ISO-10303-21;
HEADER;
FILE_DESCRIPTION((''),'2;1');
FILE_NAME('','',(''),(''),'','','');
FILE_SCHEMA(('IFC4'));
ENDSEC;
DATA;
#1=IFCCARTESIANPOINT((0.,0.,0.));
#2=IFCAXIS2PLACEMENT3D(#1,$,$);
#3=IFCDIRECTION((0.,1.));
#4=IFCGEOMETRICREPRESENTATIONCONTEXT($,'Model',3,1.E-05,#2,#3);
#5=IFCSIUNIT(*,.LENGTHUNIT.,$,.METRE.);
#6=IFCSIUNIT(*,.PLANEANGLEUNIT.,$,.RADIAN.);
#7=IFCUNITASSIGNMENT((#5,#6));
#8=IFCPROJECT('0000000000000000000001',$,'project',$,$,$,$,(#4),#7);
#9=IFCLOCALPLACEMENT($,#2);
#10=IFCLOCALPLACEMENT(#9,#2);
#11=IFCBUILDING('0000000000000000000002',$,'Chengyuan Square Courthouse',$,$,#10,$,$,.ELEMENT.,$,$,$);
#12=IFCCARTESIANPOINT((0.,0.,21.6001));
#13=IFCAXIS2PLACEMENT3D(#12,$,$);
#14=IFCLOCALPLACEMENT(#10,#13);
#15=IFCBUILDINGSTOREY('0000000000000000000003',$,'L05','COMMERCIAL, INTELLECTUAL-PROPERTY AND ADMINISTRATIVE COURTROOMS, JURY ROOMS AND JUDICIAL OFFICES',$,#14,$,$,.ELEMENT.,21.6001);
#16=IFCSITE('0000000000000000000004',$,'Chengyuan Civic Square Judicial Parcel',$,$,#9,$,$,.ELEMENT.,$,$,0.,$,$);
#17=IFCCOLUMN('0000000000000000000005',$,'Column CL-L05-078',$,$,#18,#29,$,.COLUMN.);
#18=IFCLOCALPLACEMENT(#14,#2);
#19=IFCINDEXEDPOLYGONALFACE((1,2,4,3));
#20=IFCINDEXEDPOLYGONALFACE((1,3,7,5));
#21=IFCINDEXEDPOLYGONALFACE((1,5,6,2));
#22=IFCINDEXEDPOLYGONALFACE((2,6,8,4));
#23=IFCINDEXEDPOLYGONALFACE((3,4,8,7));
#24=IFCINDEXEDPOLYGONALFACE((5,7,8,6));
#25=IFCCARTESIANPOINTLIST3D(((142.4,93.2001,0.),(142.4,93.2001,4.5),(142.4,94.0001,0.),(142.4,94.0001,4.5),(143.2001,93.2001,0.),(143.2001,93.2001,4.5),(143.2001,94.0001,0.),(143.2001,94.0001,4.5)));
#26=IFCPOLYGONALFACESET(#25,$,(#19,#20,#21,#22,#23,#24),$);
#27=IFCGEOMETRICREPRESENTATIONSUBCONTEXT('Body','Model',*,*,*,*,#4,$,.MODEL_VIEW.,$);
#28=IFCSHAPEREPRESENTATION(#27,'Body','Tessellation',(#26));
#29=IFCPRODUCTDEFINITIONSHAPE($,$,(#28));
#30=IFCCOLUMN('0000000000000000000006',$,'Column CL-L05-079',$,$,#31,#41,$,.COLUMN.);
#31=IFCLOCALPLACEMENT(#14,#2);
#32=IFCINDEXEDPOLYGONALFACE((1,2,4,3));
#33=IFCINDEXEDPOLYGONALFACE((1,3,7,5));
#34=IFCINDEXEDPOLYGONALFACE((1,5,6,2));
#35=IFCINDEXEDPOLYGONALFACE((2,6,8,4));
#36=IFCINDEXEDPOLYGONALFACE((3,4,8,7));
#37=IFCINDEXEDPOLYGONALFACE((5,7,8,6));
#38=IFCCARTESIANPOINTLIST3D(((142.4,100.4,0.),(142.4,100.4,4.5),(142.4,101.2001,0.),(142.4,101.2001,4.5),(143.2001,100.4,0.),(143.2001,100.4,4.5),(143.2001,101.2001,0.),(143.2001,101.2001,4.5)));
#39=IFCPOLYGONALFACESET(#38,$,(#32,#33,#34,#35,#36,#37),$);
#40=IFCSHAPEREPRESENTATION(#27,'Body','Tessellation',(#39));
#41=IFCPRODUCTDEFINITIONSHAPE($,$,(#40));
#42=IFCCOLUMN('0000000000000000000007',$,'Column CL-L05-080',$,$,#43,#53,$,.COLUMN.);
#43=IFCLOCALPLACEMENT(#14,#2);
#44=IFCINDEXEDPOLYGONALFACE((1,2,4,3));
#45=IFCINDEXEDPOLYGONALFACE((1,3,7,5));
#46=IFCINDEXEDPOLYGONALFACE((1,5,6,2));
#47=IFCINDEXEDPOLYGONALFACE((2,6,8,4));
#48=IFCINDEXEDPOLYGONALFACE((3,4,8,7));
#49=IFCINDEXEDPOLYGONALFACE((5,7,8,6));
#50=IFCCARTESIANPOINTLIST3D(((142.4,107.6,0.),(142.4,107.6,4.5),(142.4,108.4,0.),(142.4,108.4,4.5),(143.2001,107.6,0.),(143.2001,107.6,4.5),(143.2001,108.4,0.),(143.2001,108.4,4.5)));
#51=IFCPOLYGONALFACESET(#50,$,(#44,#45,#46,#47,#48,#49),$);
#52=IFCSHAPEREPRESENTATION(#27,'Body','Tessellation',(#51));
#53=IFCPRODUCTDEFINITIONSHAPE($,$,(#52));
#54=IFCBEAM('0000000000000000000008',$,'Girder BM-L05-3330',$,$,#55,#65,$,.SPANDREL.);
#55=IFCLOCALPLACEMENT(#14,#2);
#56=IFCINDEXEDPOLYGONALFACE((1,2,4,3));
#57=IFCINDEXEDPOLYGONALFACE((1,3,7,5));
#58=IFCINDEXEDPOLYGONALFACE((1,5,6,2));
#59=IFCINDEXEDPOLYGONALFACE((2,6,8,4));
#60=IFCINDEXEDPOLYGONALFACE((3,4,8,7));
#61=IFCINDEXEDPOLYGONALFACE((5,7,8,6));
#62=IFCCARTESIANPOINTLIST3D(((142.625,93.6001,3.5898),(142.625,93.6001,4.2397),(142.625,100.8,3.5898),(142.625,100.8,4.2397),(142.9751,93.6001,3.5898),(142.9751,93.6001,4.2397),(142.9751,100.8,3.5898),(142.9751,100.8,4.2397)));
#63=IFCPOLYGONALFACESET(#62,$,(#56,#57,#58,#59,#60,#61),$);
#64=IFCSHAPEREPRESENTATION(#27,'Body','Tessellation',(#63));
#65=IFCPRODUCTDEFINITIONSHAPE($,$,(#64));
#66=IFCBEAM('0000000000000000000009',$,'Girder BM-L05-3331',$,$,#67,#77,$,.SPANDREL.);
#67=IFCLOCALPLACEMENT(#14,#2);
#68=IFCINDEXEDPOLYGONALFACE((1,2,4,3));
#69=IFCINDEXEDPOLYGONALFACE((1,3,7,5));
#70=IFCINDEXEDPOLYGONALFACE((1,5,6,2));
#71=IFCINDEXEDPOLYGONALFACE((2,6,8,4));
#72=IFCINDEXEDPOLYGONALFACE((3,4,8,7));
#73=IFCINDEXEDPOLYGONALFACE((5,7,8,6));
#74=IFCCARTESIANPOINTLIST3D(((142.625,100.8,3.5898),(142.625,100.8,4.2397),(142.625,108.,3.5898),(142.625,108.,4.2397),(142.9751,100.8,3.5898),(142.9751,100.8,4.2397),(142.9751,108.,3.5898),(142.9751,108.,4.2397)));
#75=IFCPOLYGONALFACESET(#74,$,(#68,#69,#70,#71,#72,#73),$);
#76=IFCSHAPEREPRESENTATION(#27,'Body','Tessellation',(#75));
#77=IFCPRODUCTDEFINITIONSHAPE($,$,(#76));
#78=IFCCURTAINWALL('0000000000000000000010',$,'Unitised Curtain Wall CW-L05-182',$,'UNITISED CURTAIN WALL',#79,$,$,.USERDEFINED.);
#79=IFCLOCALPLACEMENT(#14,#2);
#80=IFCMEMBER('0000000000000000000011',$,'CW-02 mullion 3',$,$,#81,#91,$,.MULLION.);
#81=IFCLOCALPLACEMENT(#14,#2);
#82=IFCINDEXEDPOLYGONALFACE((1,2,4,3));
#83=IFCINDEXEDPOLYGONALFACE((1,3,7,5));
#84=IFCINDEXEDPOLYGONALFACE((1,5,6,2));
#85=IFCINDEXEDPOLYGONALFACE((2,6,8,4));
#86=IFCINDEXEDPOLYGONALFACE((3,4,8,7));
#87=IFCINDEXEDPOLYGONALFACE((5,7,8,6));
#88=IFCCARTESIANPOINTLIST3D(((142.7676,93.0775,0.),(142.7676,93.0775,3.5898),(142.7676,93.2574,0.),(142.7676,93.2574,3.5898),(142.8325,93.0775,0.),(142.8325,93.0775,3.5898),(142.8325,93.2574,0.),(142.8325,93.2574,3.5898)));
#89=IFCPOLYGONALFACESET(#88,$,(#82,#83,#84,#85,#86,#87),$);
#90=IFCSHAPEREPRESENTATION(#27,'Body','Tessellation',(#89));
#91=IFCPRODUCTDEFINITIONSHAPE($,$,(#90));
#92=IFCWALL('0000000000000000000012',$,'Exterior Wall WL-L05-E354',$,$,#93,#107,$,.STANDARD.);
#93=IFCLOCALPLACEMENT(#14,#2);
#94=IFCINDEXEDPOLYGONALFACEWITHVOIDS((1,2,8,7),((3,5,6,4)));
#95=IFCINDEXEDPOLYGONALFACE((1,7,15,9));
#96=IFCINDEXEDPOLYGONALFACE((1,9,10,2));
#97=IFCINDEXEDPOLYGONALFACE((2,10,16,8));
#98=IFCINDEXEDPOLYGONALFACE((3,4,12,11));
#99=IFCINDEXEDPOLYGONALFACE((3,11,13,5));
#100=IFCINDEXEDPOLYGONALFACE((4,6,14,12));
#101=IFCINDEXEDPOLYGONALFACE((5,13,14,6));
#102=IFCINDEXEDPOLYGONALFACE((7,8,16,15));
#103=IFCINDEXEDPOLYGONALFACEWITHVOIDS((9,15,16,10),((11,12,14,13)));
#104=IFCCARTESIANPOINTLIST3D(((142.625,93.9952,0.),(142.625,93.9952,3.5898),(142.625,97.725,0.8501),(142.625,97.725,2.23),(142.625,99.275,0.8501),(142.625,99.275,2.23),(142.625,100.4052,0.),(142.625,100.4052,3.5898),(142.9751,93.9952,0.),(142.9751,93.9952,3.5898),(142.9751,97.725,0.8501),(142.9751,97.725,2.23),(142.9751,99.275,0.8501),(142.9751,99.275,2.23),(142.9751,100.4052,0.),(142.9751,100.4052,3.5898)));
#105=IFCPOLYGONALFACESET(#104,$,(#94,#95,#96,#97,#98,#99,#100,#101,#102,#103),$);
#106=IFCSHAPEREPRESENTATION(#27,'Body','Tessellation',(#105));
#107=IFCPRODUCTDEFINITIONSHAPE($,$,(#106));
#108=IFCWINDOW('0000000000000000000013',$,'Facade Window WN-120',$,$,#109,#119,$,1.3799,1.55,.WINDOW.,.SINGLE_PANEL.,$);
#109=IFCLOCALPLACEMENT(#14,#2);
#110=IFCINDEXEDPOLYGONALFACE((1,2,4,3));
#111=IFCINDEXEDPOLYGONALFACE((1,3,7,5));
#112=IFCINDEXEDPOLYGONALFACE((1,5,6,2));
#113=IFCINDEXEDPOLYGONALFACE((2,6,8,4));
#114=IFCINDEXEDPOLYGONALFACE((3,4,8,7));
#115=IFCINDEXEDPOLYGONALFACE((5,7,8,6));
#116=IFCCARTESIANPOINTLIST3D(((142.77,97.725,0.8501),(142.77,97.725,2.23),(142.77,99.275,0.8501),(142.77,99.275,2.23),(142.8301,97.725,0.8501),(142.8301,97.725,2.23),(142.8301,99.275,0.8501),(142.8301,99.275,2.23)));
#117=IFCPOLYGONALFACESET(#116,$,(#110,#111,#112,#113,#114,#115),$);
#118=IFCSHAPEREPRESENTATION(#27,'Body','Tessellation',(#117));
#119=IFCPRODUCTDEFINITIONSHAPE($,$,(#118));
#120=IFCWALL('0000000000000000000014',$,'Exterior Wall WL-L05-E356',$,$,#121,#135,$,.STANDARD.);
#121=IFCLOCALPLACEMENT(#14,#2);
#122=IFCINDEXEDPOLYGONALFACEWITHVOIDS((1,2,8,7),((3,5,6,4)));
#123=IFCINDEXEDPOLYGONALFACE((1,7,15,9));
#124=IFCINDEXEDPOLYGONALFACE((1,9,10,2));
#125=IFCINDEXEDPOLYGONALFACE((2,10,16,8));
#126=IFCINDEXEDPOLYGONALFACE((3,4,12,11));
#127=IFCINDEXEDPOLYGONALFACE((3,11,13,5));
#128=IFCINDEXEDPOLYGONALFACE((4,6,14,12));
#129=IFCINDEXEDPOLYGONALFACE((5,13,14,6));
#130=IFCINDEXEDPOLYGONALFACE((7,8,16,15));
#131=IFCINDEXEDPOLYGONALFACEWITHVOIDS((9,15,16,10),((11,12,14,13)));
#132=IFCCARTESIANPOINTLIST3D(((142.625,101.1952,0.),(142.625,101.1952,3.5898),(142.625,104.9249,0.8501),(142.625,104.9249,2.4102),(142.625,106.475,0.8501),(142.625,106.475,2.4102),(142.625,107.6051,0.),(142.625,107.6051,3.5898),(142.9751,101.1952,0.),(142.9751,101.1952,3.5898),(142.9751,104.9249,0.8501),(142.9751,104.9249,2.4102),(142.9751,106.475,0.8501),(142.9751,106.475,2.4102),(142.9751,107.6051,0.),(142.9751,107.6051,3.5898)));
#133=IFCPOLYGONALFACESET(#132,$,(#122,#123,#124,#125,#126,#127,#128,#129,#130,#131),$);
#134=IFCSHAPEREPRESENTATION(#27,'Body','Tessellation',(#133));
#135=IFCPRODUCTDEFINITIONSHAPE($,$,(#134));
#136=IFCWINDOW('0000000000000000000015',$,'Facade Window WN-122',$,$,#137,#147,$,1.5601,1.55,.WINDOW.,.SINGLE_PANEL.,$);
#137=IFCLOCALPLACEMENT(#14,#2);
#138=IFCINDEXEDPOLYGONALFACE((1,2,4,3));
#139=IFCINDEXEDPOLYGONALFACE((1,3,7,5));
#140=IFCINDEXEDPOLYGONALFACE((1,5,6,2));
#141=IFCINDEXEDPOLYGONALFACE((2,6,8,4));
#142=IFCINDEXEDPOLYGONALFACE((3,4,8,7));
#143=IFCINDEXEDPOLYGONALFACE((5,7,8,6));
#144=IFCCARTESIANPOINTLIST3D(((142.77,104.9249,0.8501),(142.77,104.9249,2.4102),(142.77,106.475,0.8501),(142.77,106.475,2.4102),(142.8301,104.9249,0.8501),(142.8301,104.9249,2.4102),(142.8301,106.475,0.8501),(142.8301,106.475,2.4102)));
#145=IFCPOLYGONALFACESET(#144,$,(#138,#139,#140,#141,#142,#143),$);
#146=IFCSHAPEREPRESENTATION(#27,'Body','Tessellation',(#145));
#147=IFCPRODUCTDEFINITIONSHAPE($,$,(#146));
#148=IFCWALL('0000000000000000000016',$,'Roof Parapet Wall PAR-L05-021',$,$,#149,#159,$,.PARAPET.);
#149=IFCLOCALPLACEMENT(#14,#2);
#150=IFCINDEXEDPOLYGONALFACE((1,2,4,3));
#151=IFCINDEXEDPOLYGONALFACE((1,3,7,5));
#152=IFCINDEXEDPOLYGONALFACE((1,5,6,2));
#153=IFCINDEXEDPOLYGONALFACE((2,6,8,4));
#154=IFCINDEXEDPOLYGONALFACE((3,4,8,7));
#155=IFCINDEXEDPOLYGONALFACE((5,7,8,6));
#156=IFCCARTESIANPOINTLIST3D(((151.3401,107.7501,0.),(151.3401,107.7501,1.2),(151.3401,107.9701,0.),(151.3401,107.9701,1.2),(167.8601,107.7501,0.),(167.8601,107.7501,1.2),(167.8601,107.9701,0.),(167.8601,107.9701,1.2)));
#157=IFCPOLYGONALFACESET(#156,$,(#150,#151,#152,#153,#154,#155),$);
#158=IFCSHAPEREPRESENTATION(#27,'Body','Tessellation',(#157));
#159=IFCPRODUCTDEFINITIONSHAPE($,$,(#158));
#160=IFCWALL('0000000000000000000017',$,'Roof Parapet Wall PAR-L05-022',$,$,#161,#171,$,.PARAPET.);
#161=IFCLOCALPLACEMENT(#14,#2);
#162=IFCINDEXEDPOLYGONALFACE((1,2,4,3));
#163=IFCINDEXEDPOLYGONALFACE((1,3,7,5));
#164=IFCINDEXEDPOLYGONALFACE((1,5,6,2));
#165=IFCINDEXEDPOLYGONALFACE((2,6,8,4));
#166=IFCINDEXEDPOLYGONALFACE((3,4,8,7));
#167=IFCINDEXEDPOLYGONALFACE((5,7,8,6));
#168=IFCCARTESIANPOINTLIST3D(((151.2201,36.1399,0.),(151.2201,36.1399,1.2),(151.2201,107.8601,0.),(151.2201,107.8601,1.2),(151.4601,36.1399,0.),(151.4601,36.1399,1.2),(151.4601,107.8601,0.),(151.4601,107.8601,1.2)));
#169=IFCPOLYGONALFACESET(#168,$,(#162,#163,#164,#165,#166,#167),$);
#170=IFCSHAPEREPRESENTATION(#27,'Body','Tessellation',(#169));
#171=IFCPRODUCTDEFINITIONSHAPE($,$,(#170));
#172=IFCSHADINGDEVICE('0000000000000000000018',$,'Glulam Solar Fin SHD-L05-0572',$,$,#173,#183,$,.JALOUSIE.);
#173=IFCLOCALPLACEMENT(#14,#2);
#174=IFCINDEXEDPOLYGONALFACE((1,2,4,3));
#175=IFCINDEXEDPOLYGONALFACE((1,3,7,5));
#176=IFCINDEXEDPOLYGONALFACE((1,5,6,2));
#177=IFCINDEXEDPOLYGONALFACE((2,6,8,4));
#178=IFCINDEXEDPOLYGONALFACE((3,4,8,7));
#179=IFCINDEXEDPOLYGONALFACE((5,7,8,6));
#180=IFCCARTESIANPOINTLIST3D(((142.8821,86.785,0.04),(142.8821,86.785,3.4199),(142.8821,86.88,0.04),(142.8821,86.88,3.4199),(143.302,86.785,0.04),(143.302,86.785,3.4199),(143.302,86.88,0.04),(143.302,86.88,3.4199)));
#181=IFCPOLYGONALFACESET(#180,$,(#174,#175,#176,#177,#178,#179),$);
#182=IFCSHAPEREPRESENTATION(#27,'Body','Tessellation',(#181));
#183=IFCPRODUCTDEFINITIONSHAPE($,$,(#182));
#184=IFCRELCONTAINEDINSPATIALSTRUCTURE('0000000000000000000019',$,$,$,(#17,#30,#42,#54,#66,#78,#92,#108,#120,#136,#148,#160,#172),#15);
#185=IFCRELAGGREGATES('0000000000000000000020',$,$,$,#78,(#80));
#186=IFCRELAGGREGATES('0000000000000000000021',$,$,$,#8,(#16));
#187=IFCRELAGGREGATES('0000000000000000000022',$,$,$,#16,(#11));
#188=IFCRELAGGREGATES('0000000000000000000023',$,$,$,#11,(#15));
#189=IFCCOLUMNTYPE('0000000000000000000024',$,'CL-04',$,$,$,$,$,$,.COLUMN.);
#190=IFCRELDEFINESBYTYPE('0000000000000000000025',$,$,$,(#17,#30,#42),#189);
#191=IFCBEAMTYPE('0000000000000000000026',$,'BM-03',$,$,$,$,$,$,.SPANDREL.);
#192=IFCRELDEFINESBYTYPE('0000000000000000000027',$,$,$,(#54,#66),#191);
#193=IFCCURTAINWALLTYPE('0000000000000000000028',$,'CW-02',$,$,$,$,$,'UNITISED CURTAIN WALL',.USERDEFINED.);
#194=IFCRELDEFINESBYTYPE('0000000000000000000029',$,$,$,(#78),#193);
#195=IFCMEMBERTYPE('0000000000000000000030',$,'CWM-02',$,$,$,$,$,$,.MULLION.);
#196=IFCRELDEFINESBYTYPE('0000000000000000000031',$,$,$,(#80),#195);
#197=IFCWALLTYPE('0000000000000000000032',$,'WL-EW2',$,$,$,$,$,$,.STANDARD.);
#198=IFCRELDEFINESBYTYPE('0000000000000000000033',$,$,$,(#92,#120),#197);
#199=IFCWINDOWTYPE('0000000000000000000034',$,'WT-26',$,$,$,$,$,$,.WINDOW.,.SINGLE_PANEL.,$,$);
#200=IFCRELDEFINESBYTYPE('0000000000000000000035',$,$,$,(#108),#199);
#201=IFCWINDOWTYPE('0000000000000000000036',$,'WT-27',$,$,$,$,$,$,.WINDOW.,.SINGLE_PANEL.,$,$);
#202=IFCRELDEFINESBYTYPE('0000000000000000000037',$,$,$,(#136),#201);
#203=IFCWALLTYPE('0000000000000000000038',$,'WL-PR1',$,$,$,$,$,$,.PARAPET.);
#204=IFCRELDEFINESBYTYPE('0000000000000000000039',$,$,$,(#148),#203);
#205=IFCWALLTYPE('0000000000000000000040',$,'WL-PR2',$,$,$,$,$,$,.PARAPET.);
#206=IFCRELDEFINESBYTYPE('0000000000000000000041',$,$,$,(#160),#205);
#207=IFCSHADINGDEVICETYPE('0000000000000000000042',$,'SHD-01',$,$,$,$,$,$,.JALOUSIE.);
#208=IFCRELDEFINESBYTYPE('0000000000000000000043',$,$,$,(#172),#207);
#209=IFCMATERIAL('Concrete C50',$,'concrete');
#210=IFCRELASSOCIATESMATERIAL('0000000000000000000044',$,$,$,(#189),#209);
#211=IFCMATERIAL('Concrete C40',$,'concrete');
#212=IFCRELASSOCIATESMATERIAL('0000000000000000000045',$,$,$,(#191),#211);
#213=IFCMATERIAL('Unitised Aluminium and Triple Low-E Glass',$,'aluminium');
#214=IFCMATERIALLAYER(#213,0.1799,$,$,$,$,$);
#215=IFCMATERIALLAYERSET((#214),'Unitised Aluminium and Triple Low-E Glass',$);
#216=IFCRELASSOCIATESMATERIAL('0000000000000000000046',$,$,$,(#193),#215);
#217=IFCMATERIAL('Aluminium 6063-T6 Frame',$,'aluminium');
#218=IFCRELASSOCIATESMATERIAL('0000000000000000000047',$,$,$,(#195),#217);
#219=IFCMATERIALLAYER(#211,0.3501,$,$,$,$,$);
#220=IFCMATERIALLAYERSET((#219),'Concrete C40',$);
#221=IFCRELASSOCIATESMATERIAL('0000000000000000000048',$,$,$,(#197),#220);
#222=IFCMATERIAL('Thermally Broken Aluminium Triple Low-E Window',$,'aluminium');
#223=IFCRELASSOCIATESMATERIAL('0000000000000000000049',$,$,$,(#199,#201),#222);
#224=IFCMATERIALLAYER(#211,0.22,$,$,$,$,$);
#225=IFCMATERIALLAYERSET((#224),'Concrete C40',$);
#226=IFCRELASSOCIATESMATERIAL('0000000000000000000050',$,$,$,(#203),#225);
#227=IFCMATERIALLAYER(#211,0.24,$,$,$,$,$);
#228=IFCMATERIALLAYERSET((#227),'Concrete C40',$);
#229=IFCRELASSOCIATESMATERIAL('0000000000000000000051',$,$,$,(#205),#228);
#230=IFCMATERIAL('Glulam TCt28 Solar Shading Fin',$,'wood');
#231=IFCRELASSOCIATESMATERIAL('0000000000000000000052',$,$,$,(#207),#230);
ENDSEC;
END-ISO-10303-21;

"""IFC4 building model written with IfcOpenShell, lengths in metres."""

from ifc_helpers import new_model, si_unit, direction, frame, frame_2d, origin, origin_2d, place, context, subcontext, project, spatial, rectangle, extrude, material, layer, layer_set, material_profile, profile_set, type_object, element, fill, aggregate, save


model = new_model("IFC4")

# Units and contexts
model_context = context("Model", 3, precision=1e-05, world=origin(), true_north=direction((0.0, 1.0)))
body_context = subcontext(model_context, "Body", "Model", "MODEL_VIEW")
ifc_project = project(units=[si_unit("LENGTHUNIT", "METRE"), si_unit("PLANEANGLEUNIT", "RADIAN")], contexts=[model_context])

# Site, building, storey
site_placement = place(None, origin())
site = spatial("IfcSite", under=ifc_project, at=site_placement, Name="Chengyuan Civic Square Judicial Parcel", CompositionType="ELEMENT", RefElevation=0.0)
building_placement = place(site_placement, origin())
building = spatial("IfcBuilding", under=site, at=building_placement, Name="Chengyuan Square Courthouse", CompositionType="ELEMENT")
storey_placement = place(building_placement, frame((0.0, 0.0, 21.6001)))
storey = spatial("IfcBuildingStorey", under=building, at=storey_placement, Name="L05", Description="COMMERCIAL, INTELLECTUAL-PROPERTY AND ADMINISTRATIVE COURTROOMS, JURY ROOMS AND JUDICIAL OFFICES", CompositionType="ELEMENT", Elevation=21.6001)

# Columns
ifc_material_1 = material(Name="Concrete C50", Category="concrete")
ifc_material_profile_1 = material_profile(ifc_material_1, rectangle(XDim=0.8, YDim=0.8, at=origin_2d()), Name="RC-COL-800x800")
ifc_profile_set_1 = profile_set([ifc_material_profile_1], Name="Concrete C50")
column_type = type_object("IfcColumnType", Name="CL-04", PredefinedType="COLUMN", material=ifc_profile_set_1)
for number, where, z_axis, x_axis, name in (
    (1, (142.8, 93.6001, 0.0), (0.0, 0.0, 1.0), (1.0, 0.0, 0.0), "Column CL-L05-078"),
    (2, (142.8, 100.8, 0.0), (0.0, 0.0, 1.0), (1.0, 0.0, 0.0), "Column CL-L05-079"),
    (3, (142.8, 108.0, 0.0), (0.0, 0.0, 1.0), (1.0, 0.0, 0.0), "Column CL-L05-080"),
):
    element("IfcColumn", number, at=place(storey_placement, frame(where, z_axis=z_axis, x_axis=x_axis)), inside=storey, type_object=column_type, Name=name, PredefinedType="COLUMN", context=body_context, shape_type="SweptSolid", body=[
        extrude(rectangle(XDim=0.8, YDim=0.8, at=origin_2d()), origin(), (0.0, 0.0, 1.0), 4.5),
    ])

# Beams
ifc_material_2 = material(Name="Concrete C40", Category="concrete")
ifc_material_profile_2 = material_profile(ifc_material_2, rectangle(XDim=0.3501, YDim=0.6499, at=origin_2d()), Name="RC-BM-350x650")
ifc_profile_set_2 = profile_set([ifc_material_profile_2], Name="Concrete C40")
beam_type = type_object("IfcBeamType", Name="BM-03", PredefinedType="SPANDREL", material=ifc_profile_set_2)
for number, where, z_axis, x_axis, name in (
    (4, (142.8, 93.6001, 3.9148), (0.0, 1.0, 0.0), (-1.0, 0.0, 0.0), "Girder BM-L05-3330"),
    (5, (142.8, 100.8, 3.9148), (0.0, 1.0, 0.0), (-1.0, 0.0, 0.0), "Girder BM-L05-3331"),
):
    element("IfcBeam", number, at=place(storey_placement, frame(where, z_axis=z_axis, x_axis=x_axis)), inside=storey, type_object=beam_type, Name=name, PredefinedType="SPANDREL", context=body_context, shape_type="SweptSolid", body=[
        extrude(rectangle(XDim=0.3501, YDim=0.6499, at=origin_2d()), origin(), (0.0, 0.0, 1.0), 7.2),
    ])

# Curtain wall, member
ifc_material_3 = material(Name="Unitised Aluminium and Triple Low-E Glass", Category="aluminium")
ifc_layer_1 = layer(ifc_material_3, 0.1799)
ifc_layer_set_1 = layer_set([ifc_layer_1], Name="Unitised Aluminium and Triple Low-E Glass")
curtain_wall_type = type_object("IfcCurtainWallType", Name="CW-02", ElementType="UNITISED CURTAIN WALL", PredefinedType="USERDEFINED", material=ifc_layer_set_1)
curtain_wall_placement = place(storey_placement, origin())
curtain_wall = element("IfcCurtainWall", 6, at=curtain_wall_placement, inside=storey, type_object=curtain_wall_type, Name="Unitised Curtain Wall CW-L05-182", ObjectType="UNITISED CURTAIN WALL", PredefinedType="USERDEFINED")
ifc_material_4 = material(Name="Aluminium 6063-T6 Frame", Category="aluminium")
ifc_material_profile_3 = material_profile(ifc_material_4, rectangle(XDim=0.0649, YDim=0.1799, at=origin_2d()), Name="CW-MUL-65x180")
ifc_profile_set_3 = profile_set([ifc_material_profile_3], Name="Aluminium 6063-T6 Frame")
member_type = type_object("IfcMemberType", Name="CWM-02", PredefinedType="MULLION", material=ifc_profile_set_3)
member_placement = place(storey_placement, frame((142.8, 93.1675, 0.0), z_axis=(0.0, 0.0, 1.0), x_axis=(-1.0, 0.0, 0.0)))
member = element("IfcMember", 7, at=member_placement, type_object=member_type, Name="CW-02 mullion 3", PredefinedType="MULLION", context=body_context, shape_type="SweptSolid", body=[
    extrude(rectangle(XDim=0.0649, YDim=0.1799, at=origin_2d()), origin(), (0.0, 0.0, 1.0), 3.5898),
])
aggregate(curtain_wall, [member])

# Walls, openings, windows
ifc_layer_2 = layer(ifc_material_2, 0.3501)
ifc_layer_set_2 = layer_set([ifc_layer_2], Name="Concrete C40")
wall_type_1 = type_object("IfcWallType", Name="WL-EW2", PredefinedType="STANDARD", material=ifc_layer_set_2)
wall_1_placement = place(storey_placement, frame((142.8, 93.9951, 0.0), z_axis=(0.0, 0.0, 1.0), x_axis=(0.0, 1.0, 0.0)))
wall_1 = element("IfcWall", 8, at=wall_1_placement, inside=storey, type_object=wall_type_1, Name="Exterior Wall WL-L05-E354", PredefinedType="STANDARD", context=body_context, shape_type="SweptSolid", body=[
    extrude(rectangle(XDim=6.4099, YDim=0.3501, at=frame_2d((3.2051, 0.0))), origin(), (0.0, 0.0, 1.0), 3.5898),
])
opening_1_placement = place(wall_1_placement, frame((3.73, 0.0, 0.8501)))
opening_1 = element("IfcOpeningElement", 9, at=opening_1_placement, cuts=wall_1, PredefinedType="OPENING", context=body_context, shape_type="SweptSolid", body=[
    extrude(rectangle(XDim=1.55, YDim=1.3799, at=frame_2d((0.7749, 0.6899))), frame((0.0, 0.187, 0.0), z_axis=(0.0, -1.0, 0.0), x_axis=(1.0, 0.0, 0.0)), (0.0, 0.0, 1.0), 0.374),
])
ifc_material_5 = material(Name="Thermally Broken Aluminium Triple Low-E Window", Category="aluminium")
window_type_1 = type_object("IfcWindowType", Name="WT-26", PartitioningType="SINGLE_PANEL", PredefinedType="WINDOW", material=ifc_material_5)
window_1_placement = place(opening_1_placement, origin())
window_1 = element("IfcWindow", 10, at=window_1_placement, inside=storey, type_object=window_type_1, Name="Facade Window WN-120", OverallHeight=1.3799, OverallWidth=1.55, PartitioningType="SINGLE_PANEL", PredefinedType="WINDOW", context=body_context, shape_type="SweptSolid", body=[
    extrude(rectangle(XDim=1.55, YDim=1.3799, at=frame_2d((0.7749, 0.6899))), frame((0.0, 0.03, 0.0), z_axis=(0.0, -1.0, 0.0), x_axis=(1.0, 0.0, 0.0)), (0.0, 0.0, 1.0), 0.0601),
])
fill(opening_1, window_1)
wall_2_placement = place(storey_placement, frame((142.8, 101.1951, 0.0), z_axis=(0.0, 0.0, 1.0), x_axis=(0.0, 1.0, 0.0)))
wall_2 = element("IfcWall", 11, at=wall_2_placement, inside=storey, type_object=wall_type_1, Name="Exterior Wall WL-L05-E356", PredefinedType="STANDARD", context=body_context, shape_type="SweptSolid", body=[
    extrude(rectangle(XDim=6.4099, YDim=0.3501, at=frame_2d((3.2051, 0.0))), origin(), (0.0, 0.0, 1.0), 3.5898),
])
opening_2_placement = place(wall_2_placement, frame((3.73, 0.0, 0.8501)))
opening_2 = element("IfcOpeningElement", 12, at=opening_2_placement, cuts=wall_2, PredefinedType="OPENING", context=body_context, shape_type="SweptSolid", body=[
    extrude(rectangle(XDim=1.55, YDim=1.5601, at=frame_2d((0.7749, 0.78))), frame((0.0, 0.187, 0.0), z_axis=(0.0, -1.0, 0.0), x_axis=(1.0, 0.0, 0.0)), (0.0, 0.0, 1.0), 0.374),
])
window_type_2 = type_object("IfcWindowType", Name="WT-27", PartitioningType="SINGLE_PANEL", PredefinedType="WINDOW", material=ifc_material_5)
window_2_placement = place(opening_2_placement, origin())
window_2 = element("IfcWindow", 13, at=window_2_placement, inside=storey, type_object=window_type_2, Name="Facade Window WN-122", OverallHeight=1.5601, OverallWidth=1.55, PartitioningType="SINGLE_PANEL", PredefinedType="WINDOW", context=body_context, shape_type="SweptSolid", body=[
    extrude(rectangle(XDim=1.55, YDim=1.5601, at=frame_2d((0.7749, 0.78))), frame((0.0, 0.03, 0.0), z_axis=(0.0, -1.0, 0.0), x_axis=(1.0, 0.0, 0.0)), (0.0, 0.0, 1.0), 0.0601),
])
fill(opening_2, window_2)

# Walls
ifc_layer_3 = layer(ifc_material_2, 0.22)
ifc_layer_set_3 = layer_set([ifc_layer_3], Name="Concrete C40")
wall_type_2 = type_object("IfcWallType", Name="WL-PR1", PredefinedType="PARAPET", material=ifc_layer_set_3)
wall_3_placement = place(storey_placement, frame((167.8601, 107.8601, 0.0), z_axis=(0.0, 0.0, 1.0), x_axis=(-1.0, 0.0, 0.0)))
element("IfcWall", 14, at=wall_3_placement, inside=storey, type_object=wall_type_2, Name="Roof Parapet Wall PAR-L05-021", PredefinedType="PARAPET", context=body_context, shape_type="SweptSolid", body=[
    extrude(rectangle(XDim=16.52, YDim=0.22, at=frame_2d((8.26, 0.0))), origin(), (0.0, 0.0, 1.0), 1.2),
])
ifc_layer_4 = layer(ifc_material_2, 0.24)
ifc_layer_set_4 = layer_set([ifc_layer_4], Name="Concrete C40")
wall_type_3 = type_object("IfcWallType", Name="WL-PR2", PredefinedType="PARAPET", material=ifc_layer_set_4)
wall_4_placement = place(storey_placement, frame((151.3401, 107.8601, 0.0), z_axis=(0.0, 0.0, 1.0), x_axis=(0.0, -1.0, 0.0)))
element("IfcWall", 15, at=wall_4_placement, inside=storey, type_object=wall_type_3, Name="Roof Parapet Wall PAR-L05-022", PredefinedType="PARAPET", context=body_context, shape_type="SweptSolid", body=[
    extrude(rectangle(XDim=71.7202, YDim=0.24, at=frame_2d((35.8601, 0.0))), origin(), (0.0, 0.0, 1.0), 1.2),
])

# Shading device
ifc_material_6 = material(Name="Glulam TCt28 Solar Shading Fin", Category="wood")
shading_device_type_1 = type_object("IfcShadingDeviceType", Name="SHD-01", PredefinedType="JALOUSIE", material=ifc_material_6)
for number, where, z_axis, x_axis, name in (
    (16, (143.092, 86.8325, 0.04), (0.0, 0.0, 1.0), (1.0, 0.0, 0.0), "Glulam Solar Fin SHD-L05-0572"),
):
    element("IfcShadingDevice", number, at=place(storey_placement, frame(where, z_axis=z_axis, x_axis=x_axis)), inside=storey, type_object=shading_device_type_1, Name=name, PredefinedType="JALOUSIE", context=body_context, shape_type="SweptSolid", body=[
        extrude(rectangle(XDim=0.4199, YDim=0.095, at=origin_2d()), origin(), (0.0, 0.0, 1.0), 3.3799),
    ])

save(model, "model.ifc")
